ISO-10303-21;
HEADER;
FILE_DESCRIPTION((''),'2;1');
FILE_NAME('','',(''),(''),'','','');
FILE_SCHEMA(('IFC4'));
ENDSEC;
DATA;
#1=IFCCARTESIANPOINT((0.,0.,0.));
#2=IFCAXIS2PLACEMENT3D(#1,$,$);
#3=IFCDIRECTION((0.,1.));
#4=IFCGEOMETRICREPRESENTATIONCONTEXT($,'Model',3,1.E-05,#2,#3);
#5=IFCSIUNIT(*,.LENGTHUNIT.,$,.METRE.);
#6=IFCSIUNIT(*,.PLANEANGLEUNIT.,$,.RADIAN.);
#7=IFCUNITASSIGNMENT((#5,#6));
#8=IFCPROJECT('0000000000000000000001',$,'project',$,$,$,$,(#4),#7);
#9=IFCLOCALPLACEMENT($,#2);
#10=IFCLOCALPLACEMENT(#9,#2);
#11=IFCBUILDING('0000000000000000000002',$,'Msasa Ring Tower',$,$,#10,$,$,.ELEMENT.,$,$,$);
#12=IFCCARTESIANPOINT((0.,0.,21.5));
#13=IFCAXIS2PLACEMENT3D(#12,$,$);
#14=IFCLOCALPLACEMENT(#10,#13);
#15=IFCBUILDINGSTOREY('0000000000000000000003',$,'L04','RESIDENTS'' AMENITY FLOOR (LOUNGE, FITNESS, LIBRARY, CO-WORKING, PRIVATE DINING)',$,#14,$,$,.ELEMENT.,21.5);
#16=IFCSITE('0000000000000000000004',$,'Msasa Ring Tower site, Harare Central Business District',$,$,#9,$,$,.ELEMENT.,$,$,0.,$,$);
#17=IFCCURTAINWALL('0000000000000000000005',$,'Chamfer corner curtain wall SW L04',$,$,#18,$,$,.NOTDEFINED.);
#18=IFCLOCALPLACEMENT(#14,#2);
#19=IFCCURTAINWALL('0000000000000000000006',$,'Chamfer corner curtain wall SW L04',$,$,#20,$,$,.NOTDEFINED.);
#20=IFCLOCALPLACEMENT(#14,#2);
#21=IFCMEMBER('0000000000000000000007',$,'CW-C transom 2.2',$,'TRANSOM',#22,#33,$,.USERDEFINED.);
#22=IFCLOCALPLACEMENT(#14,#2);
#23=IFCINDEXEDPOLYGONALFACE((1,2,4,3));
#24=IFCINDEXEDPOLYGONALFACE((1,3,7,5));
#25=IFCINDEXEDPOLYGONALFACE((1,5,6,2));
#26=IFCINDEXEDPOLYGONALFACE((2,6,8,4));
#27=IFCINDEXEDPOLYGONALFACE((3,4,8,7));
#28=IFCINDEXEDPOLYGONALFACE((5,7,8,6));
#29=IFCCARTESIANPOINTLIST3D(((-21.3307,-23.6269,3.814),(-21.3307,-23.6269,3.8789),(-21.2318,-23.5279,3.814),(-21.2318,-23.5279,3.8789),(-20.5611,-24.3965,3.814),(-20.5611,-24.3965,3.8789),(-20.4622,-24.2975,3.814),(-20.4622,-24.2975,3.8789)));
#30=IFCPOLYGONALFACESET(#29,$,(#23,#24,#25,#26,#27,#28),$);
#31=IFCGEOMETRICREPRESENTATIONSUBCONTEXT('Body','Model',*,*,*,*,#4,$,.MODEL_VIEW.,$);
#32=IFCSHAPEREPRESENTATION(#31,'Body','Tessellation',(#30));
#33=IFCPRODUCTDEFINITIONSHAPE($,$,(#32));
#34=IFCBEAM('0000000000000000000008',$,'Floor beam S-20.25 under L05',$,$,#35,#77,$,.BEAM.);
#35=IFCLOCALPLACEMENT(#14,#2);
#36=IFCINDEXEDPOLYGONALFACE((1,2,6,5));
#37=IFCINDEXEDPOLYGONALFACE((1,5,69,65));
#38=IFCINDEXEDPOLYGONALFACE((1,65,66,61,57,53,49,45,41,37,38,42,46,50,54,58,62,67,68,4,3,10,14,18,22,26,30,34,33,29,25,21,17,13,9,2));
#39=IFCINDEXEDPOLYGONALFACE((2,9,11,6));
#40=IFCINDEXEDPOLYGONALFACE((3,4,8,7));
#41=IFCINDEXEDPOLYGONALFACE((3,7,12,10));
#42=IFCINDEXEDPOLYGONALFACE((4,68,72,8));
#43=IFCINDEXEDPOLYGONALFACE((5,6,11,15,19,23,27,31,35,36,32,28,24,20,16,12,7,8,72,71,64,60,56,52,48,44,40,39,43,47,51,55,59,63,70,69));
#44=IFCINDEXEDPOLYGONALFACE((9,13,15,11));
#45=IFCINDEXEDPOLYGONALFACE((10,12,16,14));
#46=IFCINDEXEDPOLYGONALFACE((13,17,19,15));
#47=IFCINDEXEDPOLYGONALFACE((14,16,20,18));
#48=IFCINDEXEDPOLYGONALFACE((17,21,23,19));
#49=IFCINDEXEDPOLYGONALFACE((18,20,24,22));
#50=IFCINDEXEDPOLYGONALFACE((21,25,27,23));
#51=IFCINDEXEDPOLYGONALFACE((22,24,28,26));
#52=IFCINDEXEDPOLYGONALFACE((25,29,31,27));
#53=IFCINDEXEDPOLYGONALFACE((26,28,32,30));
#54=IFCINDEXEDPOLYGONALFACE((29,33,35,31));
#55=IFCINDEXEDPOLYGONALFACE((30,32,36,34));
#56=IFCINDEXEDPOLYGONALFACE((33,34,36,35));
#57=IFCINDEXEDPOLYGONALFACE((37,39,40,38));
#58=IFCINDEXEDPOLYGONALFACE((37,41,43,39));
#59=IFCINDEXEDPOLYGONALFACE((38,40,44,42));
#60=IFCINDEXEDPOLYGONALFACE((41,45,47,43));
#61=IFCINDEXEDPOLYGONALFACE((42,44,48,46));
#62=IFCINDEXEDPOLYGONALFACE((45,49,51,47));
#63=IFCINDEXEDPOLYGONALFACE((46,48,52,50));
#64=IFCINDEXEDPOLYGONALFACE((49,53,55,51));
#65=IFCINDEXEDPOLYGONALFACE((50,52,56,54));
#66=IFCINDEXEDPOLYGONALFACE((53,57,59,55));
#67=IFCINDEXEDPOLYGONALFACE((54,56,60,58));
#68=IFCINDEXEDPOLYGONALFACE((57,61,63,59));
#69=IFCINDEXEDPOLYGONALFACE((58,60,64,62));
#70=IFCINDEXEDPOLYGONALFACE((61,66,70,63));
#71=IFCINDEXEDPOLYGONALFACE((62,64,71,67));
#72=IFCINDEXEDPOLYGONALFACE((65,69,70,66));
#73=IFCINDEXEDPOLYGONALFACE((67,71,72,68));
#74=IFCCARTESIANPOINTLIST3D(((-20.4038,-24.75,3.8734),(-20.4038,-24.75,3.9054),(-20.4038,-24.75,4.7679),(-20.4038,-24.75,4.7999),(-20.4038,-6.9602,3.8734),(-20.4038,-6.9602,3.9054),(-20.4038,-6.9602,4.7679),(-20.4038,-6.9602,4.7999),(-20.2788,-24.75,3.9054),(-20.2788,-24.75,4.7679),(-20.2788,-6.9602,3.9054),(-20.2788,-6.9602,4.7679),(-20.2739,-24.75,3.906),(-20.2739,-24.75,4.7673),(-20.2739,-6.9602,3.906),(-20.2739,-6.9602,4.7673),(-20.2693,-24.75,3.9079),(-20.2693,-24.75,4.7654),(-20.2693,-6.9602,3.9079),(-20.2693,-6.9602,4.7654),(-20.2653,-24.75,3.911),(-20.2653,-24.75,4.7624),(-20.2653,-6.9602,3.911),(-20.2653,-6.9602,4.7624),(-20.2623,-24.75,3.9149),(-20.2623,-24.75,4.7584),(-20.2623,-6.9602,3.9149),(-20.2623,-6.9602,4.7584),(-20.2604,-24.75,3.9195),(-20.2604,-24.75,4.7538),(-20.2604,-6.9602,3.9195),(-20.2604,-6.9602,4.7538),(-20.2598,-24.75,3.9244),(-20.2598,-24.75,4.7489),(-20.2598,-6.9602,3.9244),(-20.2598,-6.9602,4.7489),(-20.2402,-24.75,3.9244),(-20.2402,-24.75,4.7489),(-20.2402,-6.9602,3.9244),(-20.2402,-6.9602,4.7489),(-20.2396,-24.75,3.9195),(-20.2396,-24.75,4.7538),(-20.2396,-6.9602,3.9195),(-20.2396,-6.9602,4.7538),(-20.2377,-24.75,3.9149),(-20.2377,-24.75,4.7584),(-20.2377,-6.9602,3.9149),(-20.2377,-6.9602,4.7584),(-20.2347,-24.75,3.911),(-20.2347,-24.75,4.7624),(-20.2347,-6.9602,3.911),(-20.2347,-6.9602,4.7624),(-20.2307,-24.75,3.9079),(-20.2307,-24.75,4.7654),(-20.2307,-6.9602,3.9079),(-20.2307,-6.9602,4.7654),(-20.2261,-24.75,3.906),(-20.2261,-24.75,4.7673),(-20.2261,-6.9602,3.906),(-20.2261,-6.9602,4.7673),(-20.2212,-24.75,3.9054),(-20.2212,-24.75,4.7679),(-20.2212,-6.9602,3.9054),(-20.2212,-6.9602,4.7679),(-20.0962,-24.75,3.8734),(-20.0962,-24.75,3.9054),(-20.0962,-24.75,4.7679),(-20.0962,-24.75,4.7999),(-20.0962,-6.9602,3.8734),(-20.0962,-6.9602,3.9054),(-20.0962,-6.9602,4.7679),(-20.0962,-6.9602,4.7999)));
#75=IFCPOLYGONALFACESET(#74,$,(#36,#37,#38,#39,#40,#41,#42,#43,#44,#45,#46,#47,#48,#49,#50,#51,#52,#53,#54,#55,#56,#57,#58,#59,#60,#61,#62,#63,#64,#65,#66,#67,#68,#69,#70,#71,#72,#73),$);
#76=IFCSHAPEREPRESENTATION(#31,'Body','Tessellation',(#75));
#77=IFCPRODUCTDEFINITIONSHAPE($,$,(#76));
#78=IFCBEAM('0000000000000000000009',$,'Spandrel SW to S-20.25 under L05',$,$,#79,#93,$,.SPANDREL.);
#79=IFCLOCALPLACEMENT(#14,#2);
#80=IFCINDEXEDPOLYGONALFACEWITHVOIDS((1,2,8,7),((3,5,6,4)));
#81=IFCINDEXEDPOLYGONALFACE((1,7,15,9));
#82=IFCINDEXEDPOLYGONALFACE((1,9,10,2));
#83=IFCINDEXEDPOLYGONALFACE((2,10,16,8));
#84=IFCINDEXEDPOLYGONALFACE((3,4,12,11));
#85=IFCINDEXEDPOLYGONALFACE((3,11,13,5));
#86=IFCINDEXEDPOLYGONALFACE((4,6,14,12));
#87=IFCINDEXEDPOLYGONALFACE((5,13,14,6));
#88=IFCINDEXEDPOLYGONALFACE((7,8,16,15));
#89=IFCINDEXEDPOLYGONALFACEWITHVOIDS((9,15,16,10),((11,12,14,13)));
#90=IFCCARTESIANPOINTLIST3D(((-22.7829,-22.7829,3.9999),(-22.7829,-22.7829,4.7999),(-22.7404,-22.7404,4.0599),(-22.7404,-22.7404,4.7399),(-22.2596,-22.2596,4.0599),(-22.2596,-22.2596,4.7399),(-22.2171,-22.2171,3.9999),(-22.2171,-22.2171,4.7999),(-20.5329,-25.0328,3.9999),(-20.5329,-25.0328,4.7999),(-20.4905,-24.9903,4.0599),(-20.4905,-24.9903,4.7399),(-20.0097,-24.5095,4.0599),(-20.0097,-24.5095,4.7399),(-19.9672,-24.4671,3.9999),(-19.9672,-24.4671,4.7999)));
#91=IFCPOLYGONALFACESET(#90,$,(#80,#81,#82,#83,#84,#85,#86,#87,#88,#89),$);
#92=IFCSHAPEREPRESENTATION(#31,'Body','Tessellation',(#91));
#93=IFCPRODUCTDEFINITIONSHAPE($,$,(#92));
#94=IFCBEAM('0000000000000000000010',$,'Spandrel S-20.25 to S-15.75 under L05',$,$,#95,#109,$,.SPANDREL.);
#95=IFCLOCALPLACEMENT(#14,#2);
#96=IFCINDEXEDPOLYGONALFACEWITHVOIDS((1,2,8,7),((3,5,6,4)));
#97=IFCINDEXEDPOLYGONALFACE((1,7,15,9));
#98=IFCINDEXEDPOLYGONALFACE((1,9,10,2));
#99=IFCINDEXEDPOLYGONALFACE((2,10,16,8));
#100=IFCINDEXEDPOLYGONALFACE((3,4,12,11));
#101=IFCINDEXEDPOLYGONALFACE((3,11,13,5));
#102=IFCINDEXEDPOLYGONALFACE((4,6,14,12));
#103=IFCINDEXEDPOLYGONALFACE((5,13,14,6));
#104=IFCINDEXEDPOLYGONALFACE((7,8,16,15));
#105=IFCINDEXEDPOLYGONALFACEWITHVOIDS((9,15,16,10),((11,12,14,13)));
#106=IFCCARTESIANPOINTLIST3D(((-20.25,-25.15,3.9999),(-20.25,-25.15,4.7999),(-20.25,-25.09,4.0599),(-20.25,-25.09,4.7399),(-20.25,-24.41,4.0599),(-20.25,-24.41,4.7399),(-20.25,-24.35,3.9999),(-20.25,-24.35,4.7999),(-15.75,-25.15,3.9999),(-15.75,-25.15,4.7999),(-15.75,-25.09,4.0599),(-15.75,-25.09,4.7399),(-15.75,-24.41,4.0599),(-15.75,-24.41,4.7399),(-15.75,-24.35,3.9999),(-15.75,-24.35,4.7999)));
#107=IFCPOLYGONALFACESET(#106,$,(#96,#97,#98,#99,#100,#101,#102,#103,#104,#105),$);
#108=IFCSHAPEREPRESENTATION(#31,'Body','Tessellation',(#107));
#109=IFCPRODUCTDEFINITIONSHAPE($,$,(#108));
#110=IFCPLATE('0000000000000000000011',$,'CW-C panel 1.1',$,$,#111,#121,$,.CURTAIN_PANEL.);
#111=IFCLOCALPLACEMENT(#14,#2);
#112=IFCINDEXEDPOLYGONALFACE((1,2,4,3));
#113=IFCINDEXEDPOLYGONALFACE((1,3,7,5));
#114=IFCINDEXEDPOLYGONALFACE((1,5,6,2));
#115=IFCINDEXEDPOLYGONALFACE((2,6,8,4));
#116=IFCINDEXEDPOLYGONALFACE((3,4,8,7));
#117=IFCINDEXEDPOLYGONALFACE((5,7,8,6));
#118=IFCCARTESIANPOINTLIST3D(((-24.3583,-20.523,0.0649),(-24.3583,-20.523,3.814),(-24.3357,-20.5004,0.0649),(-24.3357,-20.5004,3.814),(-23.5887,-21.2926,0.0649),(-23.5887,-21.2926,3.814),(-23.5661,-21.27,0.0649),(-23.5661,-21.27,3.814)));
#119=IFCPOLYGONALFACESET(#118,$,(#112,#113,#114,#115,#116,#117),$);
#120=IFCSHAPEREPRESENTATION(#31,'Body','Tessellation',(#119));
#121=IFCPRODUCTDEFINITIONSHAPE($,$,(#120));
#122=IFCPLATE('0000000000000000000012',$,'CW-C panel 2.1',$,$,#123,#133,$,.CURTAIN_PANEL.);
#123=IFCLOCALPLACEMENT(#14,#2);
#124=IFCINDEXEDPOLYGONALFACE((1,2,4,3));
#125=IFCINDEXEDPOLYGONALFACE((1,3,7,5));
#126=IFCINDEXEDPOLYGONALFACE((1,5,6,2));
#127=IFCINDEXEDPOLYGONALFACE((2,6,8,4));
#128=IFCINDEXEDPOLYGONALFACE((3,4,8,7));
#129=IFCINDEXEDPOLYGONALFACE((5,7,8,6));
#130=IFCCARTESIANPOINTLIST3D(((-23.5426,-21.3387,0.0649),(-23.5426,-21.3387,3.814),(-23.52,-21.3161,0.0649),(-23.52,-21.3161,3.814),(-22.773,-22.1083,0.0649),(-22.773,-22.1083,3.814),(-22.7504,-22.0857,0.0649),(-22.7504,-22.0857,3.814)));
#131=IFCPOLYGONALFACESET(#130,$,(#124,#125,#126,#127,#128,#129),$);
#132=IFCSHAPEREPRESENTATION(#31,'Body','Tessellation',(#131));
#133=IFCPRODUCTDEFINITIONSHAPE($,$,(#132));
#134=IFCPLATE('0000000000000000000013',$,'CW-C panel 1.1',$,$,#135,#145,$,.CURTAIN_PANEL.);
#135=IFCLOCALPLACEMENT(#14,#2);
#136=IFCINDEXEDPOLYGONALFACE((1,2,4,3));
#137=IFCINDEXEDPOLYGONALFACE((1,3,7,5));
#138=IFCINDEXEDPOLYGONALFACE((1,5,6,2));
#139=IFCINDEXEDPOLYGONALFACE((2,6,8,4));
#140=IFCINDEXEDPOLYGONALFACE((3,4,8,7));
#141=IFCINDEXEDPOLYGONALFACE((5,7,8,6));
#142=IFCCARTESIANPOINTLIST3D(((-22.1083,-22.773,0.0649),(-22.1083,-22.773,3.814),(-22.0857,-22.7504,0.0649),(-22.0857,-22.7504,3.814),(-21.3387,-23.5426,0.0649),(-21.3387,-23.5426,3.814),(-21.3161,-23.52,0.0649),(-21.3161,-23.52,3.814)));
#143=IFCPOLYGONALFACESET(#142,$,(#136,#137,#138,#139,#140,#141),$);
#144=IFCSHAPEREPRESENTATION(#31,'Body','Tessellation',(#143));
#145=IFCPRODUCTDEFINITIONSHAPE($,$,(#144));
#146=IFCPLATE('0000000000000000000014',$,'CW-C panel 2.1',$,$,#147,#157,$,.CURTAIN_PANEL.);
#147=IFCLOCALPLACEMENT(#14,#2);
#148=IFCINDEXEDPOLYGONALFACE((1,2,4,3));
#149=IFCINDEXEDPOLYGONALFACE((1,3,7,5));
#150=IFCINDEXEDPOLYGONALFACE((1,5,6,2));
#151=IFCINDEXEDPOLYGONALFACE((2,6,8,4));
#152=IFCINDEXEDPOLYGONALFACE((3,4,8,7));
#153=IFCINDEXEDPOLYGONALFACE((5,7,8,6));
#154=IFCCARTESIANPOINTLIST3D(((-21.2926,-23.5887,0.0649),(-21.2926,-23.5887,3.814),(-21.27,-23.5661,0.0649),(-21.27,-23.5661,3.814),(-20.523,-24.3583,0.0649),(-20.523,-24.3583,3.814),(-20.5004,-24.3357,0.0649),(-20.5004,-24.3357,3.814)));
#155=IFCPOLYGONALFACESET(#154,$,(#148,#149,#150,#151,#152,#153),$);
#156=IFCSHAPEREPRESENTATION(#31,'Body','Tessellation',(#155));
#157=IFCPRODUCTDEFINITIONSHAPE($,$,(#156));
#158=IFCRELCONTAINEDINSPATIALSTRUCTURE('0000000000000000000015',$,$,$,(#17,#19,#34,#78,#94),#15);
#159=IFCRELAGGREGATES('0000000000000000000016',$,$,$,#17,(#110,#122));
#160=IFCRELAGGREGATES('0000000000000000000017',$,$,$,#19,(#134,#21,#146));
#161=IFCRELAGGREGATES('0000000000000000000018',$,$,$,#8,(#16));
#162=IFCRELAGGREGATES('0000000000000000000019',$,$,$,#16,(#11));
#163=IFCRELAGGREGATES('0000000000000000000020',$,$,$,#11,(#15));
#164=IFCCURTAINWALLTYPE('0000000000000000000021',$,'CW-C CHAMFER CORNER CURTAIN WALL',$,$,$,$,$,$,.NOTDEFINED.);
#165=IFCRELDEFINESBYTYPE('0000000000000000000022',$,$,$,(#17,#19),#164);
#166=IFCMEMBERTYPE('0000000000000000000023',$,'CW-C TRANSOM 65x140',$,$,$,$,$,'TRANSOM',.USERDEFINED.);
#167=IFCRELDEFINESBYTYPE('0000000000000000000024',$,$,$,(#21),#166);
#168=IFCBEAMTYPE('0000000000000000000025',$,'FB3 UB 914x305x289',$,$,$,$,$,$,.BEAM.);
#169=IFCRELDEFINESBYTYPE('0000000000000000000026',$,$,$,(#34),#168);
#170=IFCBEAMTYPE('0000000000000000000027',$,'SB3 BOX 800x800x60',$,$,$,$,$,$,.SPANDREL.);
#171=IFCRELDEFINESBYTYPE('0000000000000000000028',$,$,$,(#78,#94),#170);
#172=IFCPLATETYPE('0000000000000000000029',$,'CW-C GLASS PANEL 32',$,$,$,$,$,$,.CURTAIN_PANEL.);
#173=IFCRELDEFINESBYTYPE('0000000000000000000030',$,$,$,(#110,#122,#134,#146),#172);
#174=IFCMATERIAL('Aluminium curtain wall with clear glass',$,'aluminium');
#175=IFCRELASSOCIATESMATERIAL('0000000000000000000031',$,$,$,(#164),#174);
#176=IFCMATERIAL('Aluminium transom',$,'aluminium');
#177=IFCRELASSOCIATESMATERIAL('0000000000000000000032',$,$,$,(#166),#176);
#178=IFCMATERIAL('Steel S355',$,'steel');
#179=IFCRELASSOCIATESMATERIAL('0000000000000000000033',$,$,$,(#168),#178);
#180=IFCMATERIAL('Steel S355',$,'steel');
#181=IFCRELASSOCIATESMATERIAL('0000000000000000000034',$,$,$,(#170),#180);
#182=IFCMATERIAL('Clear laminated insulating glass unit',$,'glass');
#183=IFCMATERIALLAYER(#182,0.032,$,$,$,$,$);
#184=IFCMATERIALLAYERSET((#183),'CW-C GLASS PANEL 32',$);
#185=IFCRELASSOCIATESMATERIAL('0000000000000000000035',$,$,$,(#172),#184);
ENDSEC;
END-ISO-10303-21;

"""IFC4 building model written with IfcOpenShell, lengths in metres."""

from ifc_helpers import new_model, si_unit, direction, frame, origin, origin_2d, place, context, subcontext, project, spatial, rectangle, hollow_rectangle, i_section, extrude, material, layer, layer_set, material_profile, profile_set, type_object, element, aggregate, save


model = new_model("IFC4")

# Units and contexts
model_context = context("Model", 3, precision=1e-05, world=origin(), true_north=direction((0.0, 1.0)))
body_context = subcontext(model_context, "Body", "Model", "MODEL_VIEW")
ifc_project = project(units=[si_unit("LENGTHUNIT", "METRE"), si_unit("PLANEANGLEUNIT", "RADIAN")], contexts=[model_context])

# Site, building, storey
site_placement = place(None, origin())
site = spatial("IfcSite", under=ifc_project, at=site_placement, Name="Msasa Ring Tower site, Harare Central Business District", CompositionType="ELEMENT", RefElevation=0.0)
building_placement = place(site_placement, origin())
building = spatial("IfcBuilding", under=site, at=building_placement, Name="Msasa Ring Tower", CompositionType="ELEMENT")
storey_placement = place(building_placement, frame((0.0, 0.0, 21.5)))
storey = spatial("IfcBuildingStorey", under=building, at=storey_placement, Name="L04", Description="RESIDENTS' AMENITY FLOOR (LOUNGE, FITNESS, LIBRARY, CO-WORKING, PRIVATE DINING)", CompositionType="ELEMENT", Elevation=21.5)

# Curtain walls
ifc_material_1 = material(Name="Aluminium curtain wall with clear glass", Category="aluminium")
curtain_wall_type = type_object("IfcCurtainWallType", Name="CW-C CHAMFER CORNER CURTAIN WALL", PredefinedType="NOTDEFINED", material=ifc_material_1)
curtain_wall_1_placement = place(storey_placement, origin())
curtain_wall_1 = element("IfcCurtainWall", 1, at=curtain_wall_1_placement, inside=storey, type_object=curtain_wall_type, Name="Chamfer corner curtain wall SW L04", PredefinedType="NOTDEFINED")
curtain_wall_2_placement = place(storey_placement, origin())
curtain_wall_2 = element("IfcCurtainWall", 2, at=curtain_wall_2_placement, inside=storey, type_object=curtain_wall_type, Name="Chamfer corner curtain wall SW L04", PredefinedType="NOTDEFINED")

# Member
ifc_material_2 = material(Name="Aluminium transom", Category="aluminium")
ifc_material_profile_1 = material_profile(ifc_material_2, rectangle(XDim=0.1399, YDim=0.0649, at=origin_2d()), Name="AL 65x140")
ifc_profile_set_1 = profile_set([ifc_material_profile_1], Name="Aluminium transom")
member_type_1 = type_object("IfcMemberType", Name="CW-C TRANSOM 65x140", ElementType="TRANSOM", PredefinedType="USERDEFINED", material=ifc_profile_set_1)
member_1_placement = place(storey_placement, frame((-21.2812, -23.5774, 3.8464), z_axis=(0.707107, -0.707107, 0.0), x_axis=(0.707107, 0.707107, 0.0)))
member_1 = element("IfcMember", 3, at=member_1_placement, type_object=member_type_1, Name="CW-C transom 2.2", ObjectType="TRANSOM", PredefinedType="USERDEFINED", context=body_context, shape_type="SweptSolid", body=[
    extrude(rectangle(XDim=0.1399, YDim=0.0649, at=origin_2d()), origin(), (0.0, 0.0, 1.0), 1.0884),
])

# Beams
ifc_material_3 = material(Name="Steel S355", Category="steel")
ifc_material_profile_2 = material_profile(ifc_material_3, i_section(OverallWidth=0.3076, OverallDepth=0.9265, WebThickness=0.0195, FlangeThickness=0.032, FilletRadius=0.019, at=origin_2d()), Name="UB 914x305x289")
ifc_profile_set_2 = profile_set([ifc_material_profile_2], Name="Steel S355")
beam_type_1 = type_object("IfcBeamType", Name="FB3 UB 914x305x289", PredefinedType="BEAM", material=ifc_profile_set_2)
beam_1_placement = place(storey_placement, frame((-20.25, -24.75, 4.3367), z_axis=(0.0, 1.0, 0.0), x_axis=(-1.0, 0.0, 0.0)))
element("IfcBeam", 4, at=beam_1_placement, inside=storey, type_object=beam_type_1, Name="Floor beam S-20.25 under L05", PredefinedType="BEAM", context=body_context, shape_type="SweptSolid", body=[
    extrude(i_section(OverallWidth=0.3076, OverallDepth=0.9265, WebThickness=0.0195, FlangeThickness=0.032, FilletRadius=0.019, at=origin_2d()), origin(), (0.0, 0.0, 1.0), 17.7898),
])
ifc_material_4 = material(Name="Steel S355", Category="steel")
ifc_material_profile_3 = material_profile(ifc_material_4, hollow_rectangle(XDim=0.8, YDim=0.8, WallThickness=0.0601, at=origin_2d()), Name="BOX 800x800x60")
ifc_profile_set_3 = profile_set([ifc_material_profile_3], Name="Steel S355")
beam_type_2 = type_object("IfcBeamType", Name="SB3 BOX 800x800x60", PredefinedType="SPANDREL", material=ifc_profile_set_3)
beam_2_placement = place(storey_placement, frame((-22.5, -22.5, 4.3999), z_axis=(0.707107, -0.707107, 0.0), x_axis=(0.707107, 0.707107, 0.0)))
element("IfcBeam", 5, at=beam_2_placement, inside=storey, type_object=beam_type_2, Name="Spandrel SW to S-20.25 under L05", PredefinedType="SPANDREL", context=body_context, shape_type="SweptSolid", body=[
    extrude(hollow_rectangle(XDim=0.8, YDim=0.8, WallThickness=0.0601, at=origin_2d()), origin(), (0.0, 0.0, 1.0), 3.1819),
])
beam_3_placement = place(storey_placement, frame((-20.25, -24.75, 4.3999), z_axis=(1.0, 0.0, 0.0), x_axis=(0.0, 1.0, 0.0)))
element("IfcBeam", 6, at=beam_3_placement, inside=storey, type_object=beam_type_2, Name="Spandrel S-20.25 to S-15.75 under L05", PredefinedType="SPANDREL", context=body_context, shape_type="SweptSolid", body=[
    extrude(hollow_rectangle(XDim=0.8, YDim=0.8, WallThickness=0.0601, at=origin_2d()), origin(), (0.0, 0.0, 1.0), 4.5),
])

# Plates
ifc_material_5 = material(Name="Clear laminated insulating glass unit", Category="glass")
ifc_layer = layer(ifc_material_5, 0.032)
ifc_layer_set = layer_set([ifc_layer], Name="CW-C GLASS PANEL 32")
plate_type = type_object("IfcPlateType", Name="CW-C GLASS PANEL 32", PredefinedType="CURTAIN_PANEL", material=ifc_layer_set)
plate_1_placement = place(storey_placement, frame((-23.9622, -20.8965, 0.0649), z_axis=(0.0, 0.0, 1.0), x_axis=(0.707107, -0.707107, 0.0)))
plate_1 = element("IfcPlate", 7, at=plate_1_placement, type_object=plate_type, Name="CW-C panel 1.1", PredefinedType="CURTAIN_PANEL", context=body_context, shape_type="SweptSolid", body=[
    extrude(rectangle(XDim=1.0884, YDim=0.032, at=origin_2d()), origin(), (0.0, 0.0, 1.0), 3.749),
])
plate_2_placement = place(storey_placement, frame((-23.1465, -21.7122, 0.0649), z_axis=(0.0, 0.0, 1.0), x_axis=(0.707107, -0.707107, 0.0)))
plate_2 = element("IfcPlate", 8, at=plate_2_placement, type_object=plate_type, Name="CW-C panel 2.1", PredefinedType="CURTAIN_PANEL", context=body_context, shape_type="SweptSolid", body=[
    extrude(rectangle(XDim=1.0884, YDim=0.032, at=origin_2d()), origin(), (0.0, 0.0, 1.0), 3.749),
])
aggregate(curtain_wall_1, [plate_1, plate_2])
plate_3_placement = place(storey_placement, frame((-21.7122, -23.1465, 0.0649), z_axis=(0.0, 0.0, 1.0), x_axis=(0.707107, -0.707107, 0.0)))
plate_3 = element("IfcPlate", 9, at=plate_3_placement, type_object=plate_type, Name="CW-C panel 1.1", PredefinedType="CURTAIN_PANEL", context=body_context, shape_type="SweptSolid", body=[
    extrude(rectangle(XDim=1.0884, YDim=0.032, at=origin_2d()), origin(), (0.0, 0.0, 1.0), 3.749),
])
plate_4_placement = place(storey_placement, frame((-20.8965, -23.9622, 0.0649), z_axis=(0.0, 0.0, 1.0), x_axis=(0.707107, -0.707107, 0.0)))
plate_4 = element("IfcPlate", 10, at=plate_4_placement, type_object=plate_type, Name="CW-C panel 2.1", PredefinedType="CURTAIN_PANEL", context=body_context, shape_type="SweptSolid", body=[
    extrude(rectangle(XDim=1.0884, YDim=0.032, at=origin_2d()), origin(), (0.0, 0.0, 1.0), 3.749),
])
aggregate(curtain_wall_2, [plate_3, member_1, plate_4])

save(model, "model.ifc")
